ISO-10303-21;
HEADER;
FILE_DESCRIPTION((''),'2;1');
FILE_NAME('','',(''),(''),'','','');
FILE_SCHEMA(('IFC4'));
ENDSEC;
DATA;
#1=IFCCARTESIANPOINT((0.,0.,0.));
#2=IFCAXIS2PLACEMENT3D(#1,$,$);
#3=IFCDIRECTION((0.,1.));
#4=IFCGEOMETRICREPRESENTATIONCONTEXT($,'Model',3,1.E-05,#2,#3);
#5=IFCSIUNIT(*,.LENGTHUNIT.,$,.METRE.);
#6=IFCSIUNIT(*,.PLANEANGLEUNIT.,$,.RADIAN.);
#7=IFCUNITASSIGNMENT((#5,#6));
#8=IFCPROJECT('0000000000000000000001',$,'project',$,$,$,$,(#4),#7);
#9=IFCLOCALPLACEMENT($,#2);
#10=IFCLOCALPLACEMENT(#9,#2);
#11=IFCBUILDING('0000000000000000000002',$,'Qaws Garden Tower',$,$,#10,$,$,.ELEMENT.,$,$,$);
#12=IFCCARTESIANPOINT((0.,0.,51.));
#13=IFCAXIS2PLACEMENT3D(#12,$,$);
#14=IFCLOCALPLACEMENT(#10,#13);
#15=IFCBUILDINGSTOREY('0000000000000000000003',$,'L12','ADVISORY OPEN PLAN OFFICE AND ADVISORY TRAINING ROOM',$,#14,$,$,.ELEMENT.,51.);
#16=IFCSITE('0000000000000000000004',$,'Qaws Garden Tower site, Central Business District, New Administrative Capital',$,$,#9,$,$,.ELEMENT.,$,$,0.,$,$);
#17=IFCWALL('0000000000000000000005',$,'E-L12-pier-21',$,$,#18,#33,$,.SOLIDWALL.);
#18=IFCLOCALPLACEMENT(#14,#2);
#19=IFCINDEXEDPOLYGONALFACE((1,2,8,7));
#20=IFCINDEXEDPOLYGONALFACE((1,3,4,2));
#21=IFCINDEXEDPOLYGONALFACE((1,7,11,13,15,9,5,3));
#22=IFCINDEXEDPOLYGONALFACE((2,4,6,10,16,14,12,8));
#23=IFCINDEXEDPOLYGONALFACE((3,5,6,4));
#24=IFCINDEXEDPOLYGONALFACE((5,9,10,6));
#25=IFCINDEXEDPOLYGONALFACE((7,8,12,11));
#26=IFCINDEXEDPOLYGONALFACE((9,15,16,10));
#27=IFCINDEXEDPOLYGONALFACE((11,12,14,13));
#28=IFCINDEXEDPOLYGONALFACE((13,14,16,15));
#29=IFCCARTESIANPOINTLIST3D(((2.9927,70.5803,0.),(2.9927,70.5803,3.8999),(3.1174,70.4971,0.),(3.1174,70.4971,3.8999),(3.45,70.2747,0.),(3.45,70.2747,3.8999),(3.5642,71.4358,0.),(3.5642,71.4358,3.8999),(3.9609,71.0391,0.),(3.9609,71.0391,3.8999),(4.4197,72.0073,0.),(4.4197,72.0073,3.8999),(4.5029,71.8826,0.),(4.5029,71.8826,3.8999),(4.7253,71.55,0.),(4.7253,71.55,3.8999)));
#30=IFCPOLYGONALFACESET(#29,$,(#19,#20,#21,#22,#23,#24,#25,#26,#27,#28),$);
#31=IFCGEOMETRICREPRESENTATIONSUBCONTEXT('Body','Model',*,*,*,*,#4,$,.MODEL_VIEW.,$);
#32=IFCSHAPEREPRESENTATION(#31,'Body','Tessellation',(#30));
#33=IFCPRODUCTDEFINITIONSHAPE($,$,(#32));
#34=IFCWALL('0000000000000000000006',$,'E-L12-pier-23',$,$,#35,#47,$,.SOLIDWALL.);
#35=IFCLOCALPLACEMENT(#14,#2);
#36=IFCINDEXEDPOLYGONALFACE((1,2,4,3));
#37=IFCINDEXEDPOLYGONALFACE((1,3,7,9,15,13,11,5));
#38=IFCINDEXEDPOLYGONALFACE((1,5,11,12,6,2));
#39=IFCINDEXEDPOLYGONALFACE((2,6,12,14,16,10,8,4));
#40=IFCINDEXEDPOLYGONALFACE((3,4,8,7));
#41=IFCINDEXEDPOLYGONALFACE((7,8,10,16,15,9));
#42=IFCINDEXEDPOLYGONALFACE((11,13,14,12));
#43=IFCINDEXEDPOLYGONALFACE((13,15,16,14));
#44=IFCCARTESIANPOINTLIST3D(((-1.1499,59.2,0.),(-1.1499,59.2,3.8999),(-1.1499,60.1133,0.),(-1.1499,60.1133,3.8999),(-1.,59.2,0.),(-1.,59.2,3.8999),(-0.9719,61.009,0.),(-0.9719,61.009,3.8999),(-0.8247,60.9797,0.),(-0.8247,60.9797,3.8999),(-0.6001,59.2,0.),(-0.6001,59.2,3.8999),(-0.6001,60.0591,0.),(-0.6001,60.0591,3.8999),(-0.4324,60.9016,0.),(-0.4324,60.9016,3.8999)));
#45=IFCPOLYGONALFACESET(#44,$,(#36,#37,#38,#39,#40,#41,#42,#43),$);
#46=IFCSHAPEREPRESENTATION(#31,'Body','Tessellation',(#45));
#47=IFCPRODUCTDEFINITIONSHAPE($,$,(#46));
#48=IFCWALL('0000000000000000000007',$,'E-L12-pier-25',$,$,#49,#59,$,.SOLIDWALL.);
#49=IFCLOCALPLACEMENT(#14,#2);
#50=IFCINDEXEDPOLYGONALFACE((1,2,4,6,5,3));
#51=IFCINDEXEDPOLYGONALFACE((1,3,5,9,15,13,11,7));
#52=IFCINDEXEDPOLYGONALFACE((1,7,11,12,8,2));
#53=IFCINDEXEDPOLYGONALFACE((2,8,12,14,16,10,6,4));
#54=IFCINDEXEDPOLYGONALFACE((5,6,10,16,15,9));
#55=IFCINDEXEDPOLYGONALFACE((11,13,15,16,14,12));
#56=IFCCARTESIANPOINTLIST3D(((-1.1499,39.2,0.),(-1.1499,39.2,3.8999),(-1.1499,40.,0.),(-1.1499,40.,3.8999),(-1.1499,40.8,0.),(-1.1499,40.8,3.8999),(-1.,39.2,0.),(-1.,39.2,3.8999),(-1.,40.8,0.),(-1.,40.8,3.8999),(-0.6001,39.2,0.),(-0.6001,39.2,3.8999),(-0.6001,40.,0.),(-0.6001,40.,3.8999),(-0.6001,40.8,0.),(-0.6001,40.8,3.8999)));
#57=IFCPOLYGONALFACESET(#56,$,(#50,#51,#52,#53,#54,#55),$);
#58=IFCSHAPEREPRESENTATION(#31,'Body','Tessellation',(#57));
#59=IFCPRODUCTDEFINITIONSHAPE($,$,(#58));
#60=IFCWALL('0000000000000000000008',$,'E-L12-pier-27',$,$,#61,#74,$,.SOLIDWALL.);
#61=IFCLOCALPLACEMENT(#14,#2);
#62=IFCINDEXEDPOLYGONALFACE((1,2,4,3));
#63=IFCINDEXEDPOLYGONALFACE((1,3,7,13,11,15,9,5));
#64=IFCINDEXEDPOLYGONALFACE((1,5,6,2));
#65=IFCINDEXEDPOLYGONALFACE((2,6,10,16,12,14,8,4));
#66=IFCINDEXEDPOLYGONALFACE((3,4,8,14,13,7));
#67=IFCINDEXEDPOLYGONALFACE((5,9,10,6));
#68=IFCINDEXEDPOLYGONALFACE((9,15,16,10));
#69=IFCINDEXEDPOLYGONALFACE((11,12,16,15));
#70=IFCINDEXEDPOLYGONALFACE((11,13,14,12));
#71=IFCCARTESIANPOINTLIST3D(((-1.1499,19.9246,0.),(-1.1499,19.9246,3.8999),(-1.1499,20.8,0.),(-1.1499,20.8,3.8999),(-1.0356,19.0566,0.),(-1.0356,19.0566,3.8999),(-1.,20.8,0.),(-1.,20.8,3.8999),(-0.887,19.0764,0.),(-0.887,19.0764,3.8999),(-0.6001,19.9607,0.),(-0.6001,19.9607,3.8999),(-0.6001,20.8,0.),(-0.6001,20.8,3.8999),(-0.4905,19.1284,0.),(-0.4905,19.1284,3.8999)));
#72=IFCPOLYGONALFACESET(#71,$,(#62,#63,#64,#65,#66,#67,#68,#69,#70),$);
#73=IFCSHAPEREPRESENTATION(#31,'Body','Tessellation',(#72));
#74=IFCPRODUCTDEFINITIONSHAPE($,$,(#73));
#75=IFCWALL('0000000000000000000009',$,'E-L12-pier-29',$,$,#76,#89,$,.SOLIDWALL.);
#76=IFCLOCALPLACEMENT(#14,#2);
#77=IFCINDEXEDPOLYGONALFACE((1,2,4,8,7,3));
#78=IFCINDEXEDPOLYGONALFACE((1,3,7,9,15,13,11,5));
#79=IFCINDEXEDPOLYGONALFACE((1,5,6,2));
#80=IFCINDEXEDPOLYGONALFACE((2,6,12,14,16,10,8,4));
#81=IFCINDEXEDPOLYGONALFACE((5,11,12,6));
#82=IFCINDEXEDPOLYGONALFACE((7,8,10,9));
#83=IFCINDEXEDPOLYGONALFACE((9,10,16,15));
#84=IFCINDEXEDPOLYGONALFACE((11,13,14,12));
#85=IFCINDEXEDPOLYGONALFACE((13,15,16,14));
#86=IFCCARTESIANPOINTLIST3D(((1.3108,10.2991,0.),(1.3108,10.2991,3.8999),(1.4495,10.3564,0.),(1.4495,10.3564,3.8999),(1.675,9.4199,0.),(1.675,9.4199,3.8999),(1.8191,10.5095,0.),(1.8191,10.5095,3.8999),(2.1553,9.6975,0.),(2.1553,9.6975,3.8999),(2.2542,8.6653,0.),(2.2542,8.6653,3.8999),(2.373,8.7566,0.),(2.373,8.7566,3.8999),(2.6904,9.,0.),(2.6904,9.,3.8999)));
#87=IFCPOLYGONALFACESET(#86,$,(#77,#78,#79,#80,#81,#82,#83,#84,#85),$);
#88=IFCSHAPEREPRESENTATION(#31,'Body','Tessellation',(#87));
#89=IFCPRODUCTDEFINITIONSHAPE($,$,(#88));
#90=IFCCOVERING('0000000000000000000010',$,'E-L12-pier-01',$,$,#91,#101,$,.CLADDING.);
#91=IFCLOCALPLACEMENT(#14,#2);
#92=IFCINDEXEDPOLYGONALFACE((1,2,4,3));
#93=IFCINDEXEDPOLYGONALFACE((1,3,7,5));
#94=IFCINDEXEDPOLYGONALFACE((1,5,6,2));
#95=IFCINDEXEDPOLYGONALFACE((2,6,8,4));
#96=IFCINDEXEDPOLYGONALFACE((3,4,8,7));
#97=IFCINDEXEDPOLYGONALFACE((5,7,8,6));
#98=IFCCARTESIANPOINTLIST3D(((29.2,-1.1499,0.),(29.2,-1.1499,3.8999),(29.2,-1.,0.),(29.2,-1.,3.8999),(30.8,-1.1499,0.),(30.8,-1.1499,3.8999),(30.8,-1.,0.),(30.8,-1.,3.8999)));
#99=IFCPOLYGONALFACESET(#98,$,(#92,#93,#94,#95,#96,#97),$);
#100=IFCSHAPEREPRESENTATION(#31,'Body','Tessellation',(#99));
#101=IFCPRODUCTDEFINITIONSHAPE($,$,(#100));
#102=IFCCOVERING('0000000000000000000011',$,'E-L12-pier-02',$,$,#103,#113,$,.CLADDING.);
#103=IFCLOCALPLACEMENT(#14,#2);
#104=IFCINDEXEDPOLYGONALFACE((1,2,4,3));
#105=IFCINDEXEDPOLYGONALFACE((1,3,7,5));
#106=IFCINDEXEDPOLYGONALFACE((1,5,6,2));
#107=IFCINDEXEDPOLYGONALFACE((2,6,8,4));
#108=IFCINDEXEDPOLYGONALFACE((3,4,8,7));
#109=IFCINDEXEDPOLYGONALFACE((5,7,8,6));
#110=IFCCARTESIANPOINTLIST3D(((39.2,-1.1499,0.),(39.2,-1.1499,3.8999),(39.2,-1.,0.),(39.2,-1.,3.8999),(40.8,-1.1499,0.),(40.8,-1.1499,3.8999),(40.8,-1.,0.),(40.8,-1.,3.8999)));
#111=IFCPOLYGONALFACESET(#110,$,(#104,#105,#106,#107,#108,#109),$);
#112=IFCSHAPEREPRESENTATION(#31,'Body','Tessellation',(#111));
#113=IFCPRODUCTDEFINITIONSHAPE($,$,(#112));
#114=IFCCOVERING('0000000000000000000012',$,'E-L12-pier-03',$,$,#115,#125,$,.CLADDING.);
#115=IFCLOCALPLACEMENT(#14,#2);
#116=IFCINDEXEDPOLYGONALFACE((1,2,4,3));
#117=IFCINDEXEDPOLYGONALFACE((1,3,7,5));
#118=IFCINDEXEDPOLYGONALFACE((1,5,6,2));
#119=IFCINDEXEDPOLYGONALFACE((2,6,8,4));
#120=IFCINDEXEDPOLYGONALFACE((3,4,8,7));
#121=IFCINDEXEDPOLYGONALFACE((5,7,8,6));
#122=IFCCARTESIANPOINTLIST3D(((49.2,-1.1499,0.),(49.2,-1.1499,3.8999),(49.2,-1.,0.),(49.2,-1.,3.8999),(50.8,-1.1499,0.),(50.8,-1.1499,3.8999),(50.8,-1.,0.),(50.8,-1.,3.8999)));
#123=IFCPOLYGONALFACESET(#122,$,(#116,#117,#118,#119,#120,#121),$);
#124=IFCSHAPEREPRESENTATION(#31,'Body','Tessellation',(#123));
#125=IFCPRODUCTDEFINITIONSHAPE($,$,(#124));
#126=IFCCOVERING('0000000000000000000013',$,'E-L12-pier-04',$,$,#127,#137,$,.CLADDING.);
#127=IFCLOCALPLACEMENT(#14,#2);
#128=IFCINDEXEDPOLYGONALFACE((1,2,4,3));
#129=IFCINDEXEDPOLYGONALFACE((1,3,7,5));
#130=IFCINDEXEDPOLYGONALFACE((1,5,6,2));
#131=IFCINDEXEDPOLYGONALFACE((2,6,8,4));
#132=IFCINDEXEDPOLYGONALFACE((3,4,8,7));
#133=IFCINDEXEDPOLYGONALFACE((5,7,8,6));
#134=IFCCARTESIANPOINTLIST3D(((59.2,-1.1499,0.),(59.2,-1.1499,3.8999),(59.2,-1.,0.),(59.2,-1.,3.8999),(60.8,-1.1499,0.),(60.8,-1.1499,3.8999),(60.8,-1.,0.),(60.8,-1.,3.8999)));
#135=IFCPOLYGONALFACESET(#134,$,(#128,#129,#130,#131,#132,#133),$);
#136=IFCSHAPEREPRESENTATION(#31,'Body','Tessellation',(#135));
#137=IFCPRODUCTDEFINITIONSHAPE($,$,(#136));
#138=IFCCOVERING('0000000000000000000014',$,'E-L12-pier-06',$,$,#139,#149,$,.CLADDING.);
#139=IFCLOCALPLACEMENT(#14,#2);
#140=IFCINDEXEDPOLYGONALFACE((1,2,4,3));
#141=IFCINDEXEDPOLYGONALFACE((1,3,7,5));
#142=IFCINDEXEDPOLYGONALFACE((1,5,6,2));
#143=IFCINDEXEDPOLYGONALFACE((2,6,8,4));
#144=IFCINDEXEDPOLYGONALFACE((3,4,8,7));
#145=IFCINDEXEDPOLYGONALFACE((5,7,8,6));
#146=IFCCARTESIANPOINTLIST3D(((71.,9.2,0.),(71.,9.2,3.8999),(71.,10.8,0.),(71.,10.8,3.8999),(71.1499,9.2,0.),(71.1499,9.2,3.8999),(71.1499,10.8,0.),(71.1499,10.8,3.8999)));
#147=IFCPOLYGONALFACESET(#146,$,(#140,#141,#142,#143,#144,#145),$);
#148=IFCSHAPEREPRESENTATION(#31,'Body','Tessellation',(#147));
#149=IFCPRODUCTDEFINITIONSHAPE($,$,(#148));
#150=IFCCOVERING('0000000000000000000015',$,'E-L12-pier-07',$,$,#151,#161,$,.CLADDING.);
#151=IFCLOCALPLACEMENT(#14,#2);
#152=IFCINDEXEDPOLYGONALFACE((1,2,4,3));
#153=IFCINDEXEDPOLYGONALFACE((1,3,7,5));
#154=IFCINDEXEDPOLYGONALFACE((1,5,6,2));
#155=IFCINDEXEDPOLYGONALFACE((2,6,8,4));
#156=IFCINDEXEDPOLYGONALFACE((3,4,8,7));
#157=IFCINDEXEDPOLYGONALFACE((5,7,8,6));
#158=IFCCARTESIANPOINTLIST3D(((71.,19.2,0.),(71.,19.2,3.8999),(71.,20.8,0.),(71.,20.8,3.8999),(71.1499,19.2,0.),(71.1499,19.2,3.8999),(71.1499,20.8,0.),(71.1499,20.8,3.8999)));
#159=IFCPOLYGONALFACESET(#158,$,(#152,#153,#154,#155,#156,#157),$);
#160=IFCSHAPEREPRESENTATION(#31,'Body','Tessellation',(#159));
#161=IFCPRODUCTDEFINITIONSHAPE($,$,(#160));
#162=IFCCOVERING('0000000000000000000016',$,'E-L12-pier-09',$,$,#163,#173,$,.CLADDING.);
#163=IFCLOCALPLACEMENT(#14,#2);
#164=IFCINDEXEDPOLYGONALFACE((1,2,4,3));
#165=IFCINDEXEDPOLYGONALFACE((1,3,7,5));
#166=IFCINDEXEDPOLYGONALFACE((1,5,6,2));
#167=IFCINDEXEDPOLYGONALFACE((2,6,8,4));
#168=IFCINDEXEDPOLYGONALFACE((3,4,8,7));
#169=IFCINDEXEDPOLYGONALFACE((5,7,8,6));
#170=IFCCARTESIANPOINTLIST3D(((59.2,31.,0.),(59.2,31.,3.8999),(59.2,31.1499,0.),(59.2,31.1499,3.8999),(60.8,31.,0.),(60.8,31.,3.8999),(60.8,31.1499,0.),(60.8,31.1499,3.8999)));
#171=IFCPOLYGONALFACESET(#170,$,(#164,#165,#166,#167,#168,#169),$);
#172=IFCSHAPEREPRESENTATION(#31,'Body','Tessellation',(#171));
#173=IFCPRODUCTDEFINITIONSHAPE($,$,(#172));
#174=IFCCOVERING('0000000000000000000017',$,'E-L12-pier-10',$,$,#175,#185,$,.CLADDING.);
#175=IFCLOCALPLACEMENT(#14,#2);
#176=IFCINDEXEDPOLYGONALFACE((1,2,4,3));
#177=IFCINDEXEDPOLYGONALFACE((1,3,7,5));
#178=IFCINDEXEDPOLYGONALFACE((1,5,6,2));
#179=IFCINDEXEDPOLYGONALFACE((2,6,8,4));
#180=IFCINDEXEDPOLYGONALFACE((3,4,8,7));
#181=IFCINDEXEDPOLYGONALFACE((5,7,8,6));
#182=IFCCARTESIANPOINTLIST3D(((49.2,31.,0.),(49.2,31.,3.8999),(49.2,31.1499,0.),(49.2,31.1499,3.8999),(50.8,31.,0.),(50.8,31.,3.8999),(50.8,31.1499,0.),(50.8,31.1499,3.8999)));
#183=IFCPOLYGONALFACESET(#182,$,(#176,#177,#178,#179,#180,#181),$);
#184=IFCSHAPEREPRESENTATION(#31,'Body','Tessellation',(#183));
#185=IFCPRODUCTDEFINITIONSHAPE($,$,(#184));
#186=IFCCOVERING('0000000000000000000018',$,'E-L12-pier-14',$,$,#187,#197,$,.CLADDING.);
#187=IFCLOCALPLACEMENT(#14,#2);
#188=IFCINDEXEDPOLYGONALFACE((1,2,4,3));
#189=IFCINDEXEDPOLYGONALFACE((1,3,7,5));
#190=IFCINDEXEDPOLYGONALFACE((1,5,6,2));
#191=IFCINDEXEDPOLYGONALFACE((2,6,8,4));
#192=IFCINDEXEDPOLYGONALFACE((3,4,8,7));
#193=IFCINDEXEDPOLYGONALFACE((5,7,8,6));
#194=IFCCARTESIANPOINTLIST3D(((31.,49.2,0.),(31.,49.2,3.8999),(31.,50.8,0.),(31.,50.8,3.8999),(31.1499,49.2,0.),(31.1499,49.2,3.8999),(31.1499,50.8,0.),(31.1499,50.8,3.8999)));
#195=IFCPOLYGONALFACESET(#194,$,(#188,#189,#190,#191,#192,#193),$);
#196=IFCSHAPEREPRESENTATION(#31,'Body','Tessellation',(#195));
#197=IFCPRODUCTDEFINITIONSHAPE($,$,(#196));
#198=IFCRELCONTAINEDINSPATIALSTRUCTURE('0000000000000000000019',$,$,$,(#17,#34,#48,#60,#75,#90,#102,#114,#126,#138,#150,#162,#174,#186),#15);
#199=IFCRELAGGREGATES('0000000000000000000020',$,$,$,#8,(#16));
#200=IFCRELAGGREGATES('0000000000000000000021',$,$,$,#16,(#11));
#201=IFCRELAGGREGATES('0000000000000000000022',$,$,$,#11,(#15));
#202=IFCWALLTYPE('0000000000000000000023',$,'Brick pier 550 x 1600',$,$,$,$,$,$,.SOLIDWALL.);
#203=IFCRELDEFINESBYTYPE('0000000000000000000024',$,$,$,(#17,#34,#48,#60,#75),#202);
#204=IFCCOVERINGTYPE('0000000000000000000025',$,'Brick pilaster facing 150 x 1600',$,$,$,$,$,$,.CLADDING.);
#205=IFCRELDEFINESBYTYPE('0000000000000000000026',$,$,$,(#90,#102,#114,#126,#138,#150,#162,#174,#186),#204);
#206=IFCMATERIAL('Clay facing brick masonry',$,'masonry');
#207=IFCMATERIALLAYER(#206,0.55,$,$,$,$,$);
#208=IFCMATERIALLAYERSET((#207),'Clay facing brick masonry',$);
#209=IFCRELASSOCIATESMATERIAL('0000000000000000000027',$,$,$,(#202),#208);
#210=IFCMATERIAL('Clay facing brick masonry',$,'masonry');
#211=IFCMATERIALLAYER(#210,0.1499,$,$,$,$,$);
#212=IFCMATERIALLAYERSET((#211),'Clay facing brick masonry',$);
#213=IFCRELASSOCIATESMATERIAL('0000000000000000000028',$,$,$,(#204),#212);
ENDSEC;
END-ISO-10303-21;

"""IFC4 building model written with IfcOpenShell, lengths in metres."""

from ifc_helpers import new_model, si_unit, direction, frame, origin, place, context, subcontext, project, spatial, polyline, outline, extrude, material, layer, layer_set, type_object, element, save


model = new_model("IFC4")

# Units and contexts
model_context = context("Model", 3, precision=1e-05, world=origin(), true_north=direction((0.0, 1.0)))
body_context = subcontext(model_context, "Body", "Model", "MODEL_VIEW")
ifc_project = project(units=[si_unit("LENGTHUNIT", "METRE"), si_unit("PLANEANGLEUNIT", "RADIAN")], contexts=[model_context])

# Site, building, storey
site_placement = place(None, origin())
site = spatial("IfcSite", under=ifc_project, at=site_placement, Name="Qaws Garden Tower site, Central Business District, New Administrative Capital", CompositionType="ELEMENT", RefElevation=0.0)
building_placement = place(site_placement, origin())
building = spatial("IfcBuilding", under=site, at=building_placement, Name="Qaws Garden Tower", CompositionType="ELEMENT")
storey_placement = place(building_placement, frame((0.0, 0.0, 51.0)))
storey = spatial("IfcBuildingStorey", under=building, at=storey_placement, Name="L12", Description="ADVISORY OPEN PLAN OFFICE AND ADVISORY TRAINING ROOM", CompositionType="ELEMENT", Elevation=51.0)

# Walls
placement = place(storey_placement, origin())
ifc_material_1 = material(Name="Clay facing brick masonry", Category="masonry")
ifc_layer_1 = layer(ifc_material_1, 0.55)
ifc_layer_set_1 = layer_set([ifc_layer_1], Name="Clay facing brick masonry")
wall_type_1 = type_object("IfcWallType", Name="Brick pier 550 x 1600", PredefinedType="SOLIDWALL", material=ifc_layer_set_1)
element("IfcWall", 1, at=placement, inside=storey, type_object=wall_type_1, Name="E-L12-pier-21", PredefinedType="SOLIDWALL", context=body_context, shape_type="SweptSolid", body=[
    extrude(outline(polyline([(4.5029, 71.8826), (4.4197, 72.0073), (3.5642, 71.4358), (2.9927, 70.5803), (3.1174, 70.4971), (3.45, 70.2747), (3.9609, 71.0391), (4.7253, 71.55), (4.5029, 71.8826)])), origin(), (0.0, 0.0, 1.0), 3.8999),
])
element("IfcWall", 2, at=placement, inside=storey, type_object=wall_type_1, Name="E-L12-pier-23", PredefinedType="SOLIDWALL", context=body_context, shape_type="SweptSolid", body=[
    extrude(outline(polyline([(-0.8247, 60.9797), (-0.9719, 61.009), (-1.1499, 60.1133), (-1.1499, 59.2), (-1.0, 59.2), (-0.6001, 59.2), (-0.6001, 60.0591), (-0.4324, 60.9016), (-0.8247, 60.9797)])), origin(), (0.0, 0.0, 1.0), 3.8999),
])
element("IfcWall", 3, at=placement, inside=storey, type_object=wall_type_1, Name="E-L12-pier-25", PredefinedType="SOLIDWALL", context=body_context, shape_type="SweptSolid", body=[
    extrude(outline(polyline([(-1.0, 40.8), (-1.1499, 40.8), (-1.1499, 40.0), (-1.1499, 39.2), (-1.0, 39.2), (-0.6001, 39.2), (-0.6001, 40.0), (-0.6001, 40.8), (-1.0, 40.8)])), origin(), (0.0, 0.0, 1.0), 3.8999),
])
element("IfcWall", 4, at=placement, inside=storey, type_object=wall_type_1, Name="E-L12-pier-27", PredefinedType="SOLIDWALL", context=body_context, shape_type="SweptSolid", body=[
    extrude(outline(polyline([(-1.0, 20.8), (-1.1499, 20.8), (-1.1499, 19.9246), (-1.0356, 19.0566), (-0.887, 19.0764), (-0.4905, 19.1284), (-0.6001, 19.9607), (-0.6001, 20.8), (-1.0, 20.8)])), origin(), (0.0, 0.0, 1.0), 3.8999),
])
element("IfcWall", 5, at=placement, inside=storey, type_object=wall_type_1, Name="E-L12-pier-29", PredefinedType="SOLIDWALL", context=body_context, shape_type="SweptSolid", body=[
    extrude(outline(polyline([(1.4495, 10.3564), (1.3108, 10.2991), (1.675, 9.4199), (2.2542, 8.6653), (2.373, 8.7566), (2.6904, 9.0), (2.1553, 9.6975), (1.8191, 10.5095), (1.4495, 10.3564)])), origin(), (0.0, 0.0, 1.0), 3.8999),
])

# Coverings
ifc_material_2 = material(Name="Clay facing brick masonry", Category="masonry")
ifc_layer_2 = layer(ifc_material_2, 0.1499)
ifc_layer_set_2 = layer_set([ifc_layer_2], Name="Clay facing brick masonry")
covering_type = type_object("IfcCoveringType", Name="Brick pilaster facing 150 x 1600", PredefinedType="CLADDING", material=ifc_layer_set_2)
element("IfcCovering", 6, at=placement, inside=storey, type_object=covering_type, Name="E-L12-pier-01", PredefinedType="CLADDING", context=body_context, shape_type="SweptSolid", body=[
    extrude(outline(polyline([(29.2, -1.0), (30.8, -1.0), (30.8, -1.1499), (29.2, -1.1499), (29.2, -1.0)])), origin(), (0.0, 0.0, 1.0), 3.8999),
])
element("IfcCovering", 7, at=placement, inside=storey, type_object=covering_type, Name="E-L12-pier-02", PredefinedType="CLADDING", context=body_context, shape_type="SweptSolid", body=[
    extrude(outline(polyline([(39.2, -1.0), (40.8, -1.0), (40.8, -1.1499), (39.2, -1.1499), (39.2, -1.0)])), origin(), (0.0, 0.0, 1.0), 3.8999),
])
element("IfcCovering", 8, at=placement, inside=storey, type_object=covering_type, Name="E-L12-pier-03", PredefinedType="CLADDING", context=body_context, shape_type="SweptSolid", body=[
    extrude(outline(polyline([(49.2, -1.0), (50.8, -1.0), (50.8, -1.1499), (49.2, -1.1499), (49.2, -1.0)])), origin(), (0.0, 0.0, 1.0), 3.8999),
])
element("IfcCovering", 9, at=placement, inside=storey, type_object=covering_type, Name="E-L12-pier-04", PredefinedType="CLADDING", context=body_context, shape_type="SweptSolid", body=[
    extrude(outline(polyline([(59.2, -1.0), (60.8, -1.0), (60.8, -1.1499), (59.2, -1.1499), (59.2, -1.0)])), origin(), (0.0, 0.0, 1.0), 3.8999),
])
element("IfcCovering", 10, at=placement, inside=storey, type_object=covering_type, Name="E-L12-pier-06", PredefinedType="CLADDING", context=body_context, shape_type="SweptSolid", body=[
    extrude(outline(polyline([(71.0, 9.2), (71.0, 10.8), (71.1499, 10.8), (71.1499, 9.2), (71.0, 9.2)])), origin(), (0.0, 0.0, 1.0), 3.8999),
])
element("IfcCovering", 11, at=placement, inside=storey, type_object=covering_type, Name="E-L12-pier-07", PredefinedType="CLADDING", context=body_context, shape_type="SweptSolid", body=[
    extrude(outline(polyline([(71.0, 19.2), (71.0, 20.8), (71.1499, 20.8), (71.1499, 19.2), (71.0, 19.2)])), origin(), (0.0, 0.0, 1.0), 3.8999),
])
element("IfcCovering", 12, at=placement, inside=storey, type_object=covering_type, Name="E-L12-pier-09", PredefinedType="CLADDING", context=body_context, shape_type="SweptSolid", body=[
    extrude(outline(polyline([(60.8, 31.0), (59.2, 31.0), (59.2, 31.1499), (60.8, 31.1499), (60.8, 31.0)])), origin(), (0.0, 0.0, 1.0), 3.8999),
])
element("IfcCovering", 13, at=placement, inside=storey, type_object=covering_type, Name="E-L12-pier-10", PredefinedType="CLADDING", context=body_context, shape_type="SweptSolid", body=[
    extrude(outline(polyline([(50.8, 31.0), (49.2, 31.0), (49.2, 31.1499), (50.8, 31.1499), (50.8, 31.0)])), origin(), (0.0, 0.0, 1.0), 3.8999),
])
element("IfcCovering", 14, at=placement, inside=storey, type_object=covering_type, Name="E-L12-pier-14", PredefinedType="CLADDING", context=body_context, shape_type="SweptSolid", body=[
    extrude(outline(polyline([(31.0, 49.2), (31.0, 50.8), (31.1499, 50.8), (31.1499, 49.2), (31.0, 49.2)])), origin(), (0.0, 0.0, 1.0), 3.8999),
])

save(model, "model.ifc")
